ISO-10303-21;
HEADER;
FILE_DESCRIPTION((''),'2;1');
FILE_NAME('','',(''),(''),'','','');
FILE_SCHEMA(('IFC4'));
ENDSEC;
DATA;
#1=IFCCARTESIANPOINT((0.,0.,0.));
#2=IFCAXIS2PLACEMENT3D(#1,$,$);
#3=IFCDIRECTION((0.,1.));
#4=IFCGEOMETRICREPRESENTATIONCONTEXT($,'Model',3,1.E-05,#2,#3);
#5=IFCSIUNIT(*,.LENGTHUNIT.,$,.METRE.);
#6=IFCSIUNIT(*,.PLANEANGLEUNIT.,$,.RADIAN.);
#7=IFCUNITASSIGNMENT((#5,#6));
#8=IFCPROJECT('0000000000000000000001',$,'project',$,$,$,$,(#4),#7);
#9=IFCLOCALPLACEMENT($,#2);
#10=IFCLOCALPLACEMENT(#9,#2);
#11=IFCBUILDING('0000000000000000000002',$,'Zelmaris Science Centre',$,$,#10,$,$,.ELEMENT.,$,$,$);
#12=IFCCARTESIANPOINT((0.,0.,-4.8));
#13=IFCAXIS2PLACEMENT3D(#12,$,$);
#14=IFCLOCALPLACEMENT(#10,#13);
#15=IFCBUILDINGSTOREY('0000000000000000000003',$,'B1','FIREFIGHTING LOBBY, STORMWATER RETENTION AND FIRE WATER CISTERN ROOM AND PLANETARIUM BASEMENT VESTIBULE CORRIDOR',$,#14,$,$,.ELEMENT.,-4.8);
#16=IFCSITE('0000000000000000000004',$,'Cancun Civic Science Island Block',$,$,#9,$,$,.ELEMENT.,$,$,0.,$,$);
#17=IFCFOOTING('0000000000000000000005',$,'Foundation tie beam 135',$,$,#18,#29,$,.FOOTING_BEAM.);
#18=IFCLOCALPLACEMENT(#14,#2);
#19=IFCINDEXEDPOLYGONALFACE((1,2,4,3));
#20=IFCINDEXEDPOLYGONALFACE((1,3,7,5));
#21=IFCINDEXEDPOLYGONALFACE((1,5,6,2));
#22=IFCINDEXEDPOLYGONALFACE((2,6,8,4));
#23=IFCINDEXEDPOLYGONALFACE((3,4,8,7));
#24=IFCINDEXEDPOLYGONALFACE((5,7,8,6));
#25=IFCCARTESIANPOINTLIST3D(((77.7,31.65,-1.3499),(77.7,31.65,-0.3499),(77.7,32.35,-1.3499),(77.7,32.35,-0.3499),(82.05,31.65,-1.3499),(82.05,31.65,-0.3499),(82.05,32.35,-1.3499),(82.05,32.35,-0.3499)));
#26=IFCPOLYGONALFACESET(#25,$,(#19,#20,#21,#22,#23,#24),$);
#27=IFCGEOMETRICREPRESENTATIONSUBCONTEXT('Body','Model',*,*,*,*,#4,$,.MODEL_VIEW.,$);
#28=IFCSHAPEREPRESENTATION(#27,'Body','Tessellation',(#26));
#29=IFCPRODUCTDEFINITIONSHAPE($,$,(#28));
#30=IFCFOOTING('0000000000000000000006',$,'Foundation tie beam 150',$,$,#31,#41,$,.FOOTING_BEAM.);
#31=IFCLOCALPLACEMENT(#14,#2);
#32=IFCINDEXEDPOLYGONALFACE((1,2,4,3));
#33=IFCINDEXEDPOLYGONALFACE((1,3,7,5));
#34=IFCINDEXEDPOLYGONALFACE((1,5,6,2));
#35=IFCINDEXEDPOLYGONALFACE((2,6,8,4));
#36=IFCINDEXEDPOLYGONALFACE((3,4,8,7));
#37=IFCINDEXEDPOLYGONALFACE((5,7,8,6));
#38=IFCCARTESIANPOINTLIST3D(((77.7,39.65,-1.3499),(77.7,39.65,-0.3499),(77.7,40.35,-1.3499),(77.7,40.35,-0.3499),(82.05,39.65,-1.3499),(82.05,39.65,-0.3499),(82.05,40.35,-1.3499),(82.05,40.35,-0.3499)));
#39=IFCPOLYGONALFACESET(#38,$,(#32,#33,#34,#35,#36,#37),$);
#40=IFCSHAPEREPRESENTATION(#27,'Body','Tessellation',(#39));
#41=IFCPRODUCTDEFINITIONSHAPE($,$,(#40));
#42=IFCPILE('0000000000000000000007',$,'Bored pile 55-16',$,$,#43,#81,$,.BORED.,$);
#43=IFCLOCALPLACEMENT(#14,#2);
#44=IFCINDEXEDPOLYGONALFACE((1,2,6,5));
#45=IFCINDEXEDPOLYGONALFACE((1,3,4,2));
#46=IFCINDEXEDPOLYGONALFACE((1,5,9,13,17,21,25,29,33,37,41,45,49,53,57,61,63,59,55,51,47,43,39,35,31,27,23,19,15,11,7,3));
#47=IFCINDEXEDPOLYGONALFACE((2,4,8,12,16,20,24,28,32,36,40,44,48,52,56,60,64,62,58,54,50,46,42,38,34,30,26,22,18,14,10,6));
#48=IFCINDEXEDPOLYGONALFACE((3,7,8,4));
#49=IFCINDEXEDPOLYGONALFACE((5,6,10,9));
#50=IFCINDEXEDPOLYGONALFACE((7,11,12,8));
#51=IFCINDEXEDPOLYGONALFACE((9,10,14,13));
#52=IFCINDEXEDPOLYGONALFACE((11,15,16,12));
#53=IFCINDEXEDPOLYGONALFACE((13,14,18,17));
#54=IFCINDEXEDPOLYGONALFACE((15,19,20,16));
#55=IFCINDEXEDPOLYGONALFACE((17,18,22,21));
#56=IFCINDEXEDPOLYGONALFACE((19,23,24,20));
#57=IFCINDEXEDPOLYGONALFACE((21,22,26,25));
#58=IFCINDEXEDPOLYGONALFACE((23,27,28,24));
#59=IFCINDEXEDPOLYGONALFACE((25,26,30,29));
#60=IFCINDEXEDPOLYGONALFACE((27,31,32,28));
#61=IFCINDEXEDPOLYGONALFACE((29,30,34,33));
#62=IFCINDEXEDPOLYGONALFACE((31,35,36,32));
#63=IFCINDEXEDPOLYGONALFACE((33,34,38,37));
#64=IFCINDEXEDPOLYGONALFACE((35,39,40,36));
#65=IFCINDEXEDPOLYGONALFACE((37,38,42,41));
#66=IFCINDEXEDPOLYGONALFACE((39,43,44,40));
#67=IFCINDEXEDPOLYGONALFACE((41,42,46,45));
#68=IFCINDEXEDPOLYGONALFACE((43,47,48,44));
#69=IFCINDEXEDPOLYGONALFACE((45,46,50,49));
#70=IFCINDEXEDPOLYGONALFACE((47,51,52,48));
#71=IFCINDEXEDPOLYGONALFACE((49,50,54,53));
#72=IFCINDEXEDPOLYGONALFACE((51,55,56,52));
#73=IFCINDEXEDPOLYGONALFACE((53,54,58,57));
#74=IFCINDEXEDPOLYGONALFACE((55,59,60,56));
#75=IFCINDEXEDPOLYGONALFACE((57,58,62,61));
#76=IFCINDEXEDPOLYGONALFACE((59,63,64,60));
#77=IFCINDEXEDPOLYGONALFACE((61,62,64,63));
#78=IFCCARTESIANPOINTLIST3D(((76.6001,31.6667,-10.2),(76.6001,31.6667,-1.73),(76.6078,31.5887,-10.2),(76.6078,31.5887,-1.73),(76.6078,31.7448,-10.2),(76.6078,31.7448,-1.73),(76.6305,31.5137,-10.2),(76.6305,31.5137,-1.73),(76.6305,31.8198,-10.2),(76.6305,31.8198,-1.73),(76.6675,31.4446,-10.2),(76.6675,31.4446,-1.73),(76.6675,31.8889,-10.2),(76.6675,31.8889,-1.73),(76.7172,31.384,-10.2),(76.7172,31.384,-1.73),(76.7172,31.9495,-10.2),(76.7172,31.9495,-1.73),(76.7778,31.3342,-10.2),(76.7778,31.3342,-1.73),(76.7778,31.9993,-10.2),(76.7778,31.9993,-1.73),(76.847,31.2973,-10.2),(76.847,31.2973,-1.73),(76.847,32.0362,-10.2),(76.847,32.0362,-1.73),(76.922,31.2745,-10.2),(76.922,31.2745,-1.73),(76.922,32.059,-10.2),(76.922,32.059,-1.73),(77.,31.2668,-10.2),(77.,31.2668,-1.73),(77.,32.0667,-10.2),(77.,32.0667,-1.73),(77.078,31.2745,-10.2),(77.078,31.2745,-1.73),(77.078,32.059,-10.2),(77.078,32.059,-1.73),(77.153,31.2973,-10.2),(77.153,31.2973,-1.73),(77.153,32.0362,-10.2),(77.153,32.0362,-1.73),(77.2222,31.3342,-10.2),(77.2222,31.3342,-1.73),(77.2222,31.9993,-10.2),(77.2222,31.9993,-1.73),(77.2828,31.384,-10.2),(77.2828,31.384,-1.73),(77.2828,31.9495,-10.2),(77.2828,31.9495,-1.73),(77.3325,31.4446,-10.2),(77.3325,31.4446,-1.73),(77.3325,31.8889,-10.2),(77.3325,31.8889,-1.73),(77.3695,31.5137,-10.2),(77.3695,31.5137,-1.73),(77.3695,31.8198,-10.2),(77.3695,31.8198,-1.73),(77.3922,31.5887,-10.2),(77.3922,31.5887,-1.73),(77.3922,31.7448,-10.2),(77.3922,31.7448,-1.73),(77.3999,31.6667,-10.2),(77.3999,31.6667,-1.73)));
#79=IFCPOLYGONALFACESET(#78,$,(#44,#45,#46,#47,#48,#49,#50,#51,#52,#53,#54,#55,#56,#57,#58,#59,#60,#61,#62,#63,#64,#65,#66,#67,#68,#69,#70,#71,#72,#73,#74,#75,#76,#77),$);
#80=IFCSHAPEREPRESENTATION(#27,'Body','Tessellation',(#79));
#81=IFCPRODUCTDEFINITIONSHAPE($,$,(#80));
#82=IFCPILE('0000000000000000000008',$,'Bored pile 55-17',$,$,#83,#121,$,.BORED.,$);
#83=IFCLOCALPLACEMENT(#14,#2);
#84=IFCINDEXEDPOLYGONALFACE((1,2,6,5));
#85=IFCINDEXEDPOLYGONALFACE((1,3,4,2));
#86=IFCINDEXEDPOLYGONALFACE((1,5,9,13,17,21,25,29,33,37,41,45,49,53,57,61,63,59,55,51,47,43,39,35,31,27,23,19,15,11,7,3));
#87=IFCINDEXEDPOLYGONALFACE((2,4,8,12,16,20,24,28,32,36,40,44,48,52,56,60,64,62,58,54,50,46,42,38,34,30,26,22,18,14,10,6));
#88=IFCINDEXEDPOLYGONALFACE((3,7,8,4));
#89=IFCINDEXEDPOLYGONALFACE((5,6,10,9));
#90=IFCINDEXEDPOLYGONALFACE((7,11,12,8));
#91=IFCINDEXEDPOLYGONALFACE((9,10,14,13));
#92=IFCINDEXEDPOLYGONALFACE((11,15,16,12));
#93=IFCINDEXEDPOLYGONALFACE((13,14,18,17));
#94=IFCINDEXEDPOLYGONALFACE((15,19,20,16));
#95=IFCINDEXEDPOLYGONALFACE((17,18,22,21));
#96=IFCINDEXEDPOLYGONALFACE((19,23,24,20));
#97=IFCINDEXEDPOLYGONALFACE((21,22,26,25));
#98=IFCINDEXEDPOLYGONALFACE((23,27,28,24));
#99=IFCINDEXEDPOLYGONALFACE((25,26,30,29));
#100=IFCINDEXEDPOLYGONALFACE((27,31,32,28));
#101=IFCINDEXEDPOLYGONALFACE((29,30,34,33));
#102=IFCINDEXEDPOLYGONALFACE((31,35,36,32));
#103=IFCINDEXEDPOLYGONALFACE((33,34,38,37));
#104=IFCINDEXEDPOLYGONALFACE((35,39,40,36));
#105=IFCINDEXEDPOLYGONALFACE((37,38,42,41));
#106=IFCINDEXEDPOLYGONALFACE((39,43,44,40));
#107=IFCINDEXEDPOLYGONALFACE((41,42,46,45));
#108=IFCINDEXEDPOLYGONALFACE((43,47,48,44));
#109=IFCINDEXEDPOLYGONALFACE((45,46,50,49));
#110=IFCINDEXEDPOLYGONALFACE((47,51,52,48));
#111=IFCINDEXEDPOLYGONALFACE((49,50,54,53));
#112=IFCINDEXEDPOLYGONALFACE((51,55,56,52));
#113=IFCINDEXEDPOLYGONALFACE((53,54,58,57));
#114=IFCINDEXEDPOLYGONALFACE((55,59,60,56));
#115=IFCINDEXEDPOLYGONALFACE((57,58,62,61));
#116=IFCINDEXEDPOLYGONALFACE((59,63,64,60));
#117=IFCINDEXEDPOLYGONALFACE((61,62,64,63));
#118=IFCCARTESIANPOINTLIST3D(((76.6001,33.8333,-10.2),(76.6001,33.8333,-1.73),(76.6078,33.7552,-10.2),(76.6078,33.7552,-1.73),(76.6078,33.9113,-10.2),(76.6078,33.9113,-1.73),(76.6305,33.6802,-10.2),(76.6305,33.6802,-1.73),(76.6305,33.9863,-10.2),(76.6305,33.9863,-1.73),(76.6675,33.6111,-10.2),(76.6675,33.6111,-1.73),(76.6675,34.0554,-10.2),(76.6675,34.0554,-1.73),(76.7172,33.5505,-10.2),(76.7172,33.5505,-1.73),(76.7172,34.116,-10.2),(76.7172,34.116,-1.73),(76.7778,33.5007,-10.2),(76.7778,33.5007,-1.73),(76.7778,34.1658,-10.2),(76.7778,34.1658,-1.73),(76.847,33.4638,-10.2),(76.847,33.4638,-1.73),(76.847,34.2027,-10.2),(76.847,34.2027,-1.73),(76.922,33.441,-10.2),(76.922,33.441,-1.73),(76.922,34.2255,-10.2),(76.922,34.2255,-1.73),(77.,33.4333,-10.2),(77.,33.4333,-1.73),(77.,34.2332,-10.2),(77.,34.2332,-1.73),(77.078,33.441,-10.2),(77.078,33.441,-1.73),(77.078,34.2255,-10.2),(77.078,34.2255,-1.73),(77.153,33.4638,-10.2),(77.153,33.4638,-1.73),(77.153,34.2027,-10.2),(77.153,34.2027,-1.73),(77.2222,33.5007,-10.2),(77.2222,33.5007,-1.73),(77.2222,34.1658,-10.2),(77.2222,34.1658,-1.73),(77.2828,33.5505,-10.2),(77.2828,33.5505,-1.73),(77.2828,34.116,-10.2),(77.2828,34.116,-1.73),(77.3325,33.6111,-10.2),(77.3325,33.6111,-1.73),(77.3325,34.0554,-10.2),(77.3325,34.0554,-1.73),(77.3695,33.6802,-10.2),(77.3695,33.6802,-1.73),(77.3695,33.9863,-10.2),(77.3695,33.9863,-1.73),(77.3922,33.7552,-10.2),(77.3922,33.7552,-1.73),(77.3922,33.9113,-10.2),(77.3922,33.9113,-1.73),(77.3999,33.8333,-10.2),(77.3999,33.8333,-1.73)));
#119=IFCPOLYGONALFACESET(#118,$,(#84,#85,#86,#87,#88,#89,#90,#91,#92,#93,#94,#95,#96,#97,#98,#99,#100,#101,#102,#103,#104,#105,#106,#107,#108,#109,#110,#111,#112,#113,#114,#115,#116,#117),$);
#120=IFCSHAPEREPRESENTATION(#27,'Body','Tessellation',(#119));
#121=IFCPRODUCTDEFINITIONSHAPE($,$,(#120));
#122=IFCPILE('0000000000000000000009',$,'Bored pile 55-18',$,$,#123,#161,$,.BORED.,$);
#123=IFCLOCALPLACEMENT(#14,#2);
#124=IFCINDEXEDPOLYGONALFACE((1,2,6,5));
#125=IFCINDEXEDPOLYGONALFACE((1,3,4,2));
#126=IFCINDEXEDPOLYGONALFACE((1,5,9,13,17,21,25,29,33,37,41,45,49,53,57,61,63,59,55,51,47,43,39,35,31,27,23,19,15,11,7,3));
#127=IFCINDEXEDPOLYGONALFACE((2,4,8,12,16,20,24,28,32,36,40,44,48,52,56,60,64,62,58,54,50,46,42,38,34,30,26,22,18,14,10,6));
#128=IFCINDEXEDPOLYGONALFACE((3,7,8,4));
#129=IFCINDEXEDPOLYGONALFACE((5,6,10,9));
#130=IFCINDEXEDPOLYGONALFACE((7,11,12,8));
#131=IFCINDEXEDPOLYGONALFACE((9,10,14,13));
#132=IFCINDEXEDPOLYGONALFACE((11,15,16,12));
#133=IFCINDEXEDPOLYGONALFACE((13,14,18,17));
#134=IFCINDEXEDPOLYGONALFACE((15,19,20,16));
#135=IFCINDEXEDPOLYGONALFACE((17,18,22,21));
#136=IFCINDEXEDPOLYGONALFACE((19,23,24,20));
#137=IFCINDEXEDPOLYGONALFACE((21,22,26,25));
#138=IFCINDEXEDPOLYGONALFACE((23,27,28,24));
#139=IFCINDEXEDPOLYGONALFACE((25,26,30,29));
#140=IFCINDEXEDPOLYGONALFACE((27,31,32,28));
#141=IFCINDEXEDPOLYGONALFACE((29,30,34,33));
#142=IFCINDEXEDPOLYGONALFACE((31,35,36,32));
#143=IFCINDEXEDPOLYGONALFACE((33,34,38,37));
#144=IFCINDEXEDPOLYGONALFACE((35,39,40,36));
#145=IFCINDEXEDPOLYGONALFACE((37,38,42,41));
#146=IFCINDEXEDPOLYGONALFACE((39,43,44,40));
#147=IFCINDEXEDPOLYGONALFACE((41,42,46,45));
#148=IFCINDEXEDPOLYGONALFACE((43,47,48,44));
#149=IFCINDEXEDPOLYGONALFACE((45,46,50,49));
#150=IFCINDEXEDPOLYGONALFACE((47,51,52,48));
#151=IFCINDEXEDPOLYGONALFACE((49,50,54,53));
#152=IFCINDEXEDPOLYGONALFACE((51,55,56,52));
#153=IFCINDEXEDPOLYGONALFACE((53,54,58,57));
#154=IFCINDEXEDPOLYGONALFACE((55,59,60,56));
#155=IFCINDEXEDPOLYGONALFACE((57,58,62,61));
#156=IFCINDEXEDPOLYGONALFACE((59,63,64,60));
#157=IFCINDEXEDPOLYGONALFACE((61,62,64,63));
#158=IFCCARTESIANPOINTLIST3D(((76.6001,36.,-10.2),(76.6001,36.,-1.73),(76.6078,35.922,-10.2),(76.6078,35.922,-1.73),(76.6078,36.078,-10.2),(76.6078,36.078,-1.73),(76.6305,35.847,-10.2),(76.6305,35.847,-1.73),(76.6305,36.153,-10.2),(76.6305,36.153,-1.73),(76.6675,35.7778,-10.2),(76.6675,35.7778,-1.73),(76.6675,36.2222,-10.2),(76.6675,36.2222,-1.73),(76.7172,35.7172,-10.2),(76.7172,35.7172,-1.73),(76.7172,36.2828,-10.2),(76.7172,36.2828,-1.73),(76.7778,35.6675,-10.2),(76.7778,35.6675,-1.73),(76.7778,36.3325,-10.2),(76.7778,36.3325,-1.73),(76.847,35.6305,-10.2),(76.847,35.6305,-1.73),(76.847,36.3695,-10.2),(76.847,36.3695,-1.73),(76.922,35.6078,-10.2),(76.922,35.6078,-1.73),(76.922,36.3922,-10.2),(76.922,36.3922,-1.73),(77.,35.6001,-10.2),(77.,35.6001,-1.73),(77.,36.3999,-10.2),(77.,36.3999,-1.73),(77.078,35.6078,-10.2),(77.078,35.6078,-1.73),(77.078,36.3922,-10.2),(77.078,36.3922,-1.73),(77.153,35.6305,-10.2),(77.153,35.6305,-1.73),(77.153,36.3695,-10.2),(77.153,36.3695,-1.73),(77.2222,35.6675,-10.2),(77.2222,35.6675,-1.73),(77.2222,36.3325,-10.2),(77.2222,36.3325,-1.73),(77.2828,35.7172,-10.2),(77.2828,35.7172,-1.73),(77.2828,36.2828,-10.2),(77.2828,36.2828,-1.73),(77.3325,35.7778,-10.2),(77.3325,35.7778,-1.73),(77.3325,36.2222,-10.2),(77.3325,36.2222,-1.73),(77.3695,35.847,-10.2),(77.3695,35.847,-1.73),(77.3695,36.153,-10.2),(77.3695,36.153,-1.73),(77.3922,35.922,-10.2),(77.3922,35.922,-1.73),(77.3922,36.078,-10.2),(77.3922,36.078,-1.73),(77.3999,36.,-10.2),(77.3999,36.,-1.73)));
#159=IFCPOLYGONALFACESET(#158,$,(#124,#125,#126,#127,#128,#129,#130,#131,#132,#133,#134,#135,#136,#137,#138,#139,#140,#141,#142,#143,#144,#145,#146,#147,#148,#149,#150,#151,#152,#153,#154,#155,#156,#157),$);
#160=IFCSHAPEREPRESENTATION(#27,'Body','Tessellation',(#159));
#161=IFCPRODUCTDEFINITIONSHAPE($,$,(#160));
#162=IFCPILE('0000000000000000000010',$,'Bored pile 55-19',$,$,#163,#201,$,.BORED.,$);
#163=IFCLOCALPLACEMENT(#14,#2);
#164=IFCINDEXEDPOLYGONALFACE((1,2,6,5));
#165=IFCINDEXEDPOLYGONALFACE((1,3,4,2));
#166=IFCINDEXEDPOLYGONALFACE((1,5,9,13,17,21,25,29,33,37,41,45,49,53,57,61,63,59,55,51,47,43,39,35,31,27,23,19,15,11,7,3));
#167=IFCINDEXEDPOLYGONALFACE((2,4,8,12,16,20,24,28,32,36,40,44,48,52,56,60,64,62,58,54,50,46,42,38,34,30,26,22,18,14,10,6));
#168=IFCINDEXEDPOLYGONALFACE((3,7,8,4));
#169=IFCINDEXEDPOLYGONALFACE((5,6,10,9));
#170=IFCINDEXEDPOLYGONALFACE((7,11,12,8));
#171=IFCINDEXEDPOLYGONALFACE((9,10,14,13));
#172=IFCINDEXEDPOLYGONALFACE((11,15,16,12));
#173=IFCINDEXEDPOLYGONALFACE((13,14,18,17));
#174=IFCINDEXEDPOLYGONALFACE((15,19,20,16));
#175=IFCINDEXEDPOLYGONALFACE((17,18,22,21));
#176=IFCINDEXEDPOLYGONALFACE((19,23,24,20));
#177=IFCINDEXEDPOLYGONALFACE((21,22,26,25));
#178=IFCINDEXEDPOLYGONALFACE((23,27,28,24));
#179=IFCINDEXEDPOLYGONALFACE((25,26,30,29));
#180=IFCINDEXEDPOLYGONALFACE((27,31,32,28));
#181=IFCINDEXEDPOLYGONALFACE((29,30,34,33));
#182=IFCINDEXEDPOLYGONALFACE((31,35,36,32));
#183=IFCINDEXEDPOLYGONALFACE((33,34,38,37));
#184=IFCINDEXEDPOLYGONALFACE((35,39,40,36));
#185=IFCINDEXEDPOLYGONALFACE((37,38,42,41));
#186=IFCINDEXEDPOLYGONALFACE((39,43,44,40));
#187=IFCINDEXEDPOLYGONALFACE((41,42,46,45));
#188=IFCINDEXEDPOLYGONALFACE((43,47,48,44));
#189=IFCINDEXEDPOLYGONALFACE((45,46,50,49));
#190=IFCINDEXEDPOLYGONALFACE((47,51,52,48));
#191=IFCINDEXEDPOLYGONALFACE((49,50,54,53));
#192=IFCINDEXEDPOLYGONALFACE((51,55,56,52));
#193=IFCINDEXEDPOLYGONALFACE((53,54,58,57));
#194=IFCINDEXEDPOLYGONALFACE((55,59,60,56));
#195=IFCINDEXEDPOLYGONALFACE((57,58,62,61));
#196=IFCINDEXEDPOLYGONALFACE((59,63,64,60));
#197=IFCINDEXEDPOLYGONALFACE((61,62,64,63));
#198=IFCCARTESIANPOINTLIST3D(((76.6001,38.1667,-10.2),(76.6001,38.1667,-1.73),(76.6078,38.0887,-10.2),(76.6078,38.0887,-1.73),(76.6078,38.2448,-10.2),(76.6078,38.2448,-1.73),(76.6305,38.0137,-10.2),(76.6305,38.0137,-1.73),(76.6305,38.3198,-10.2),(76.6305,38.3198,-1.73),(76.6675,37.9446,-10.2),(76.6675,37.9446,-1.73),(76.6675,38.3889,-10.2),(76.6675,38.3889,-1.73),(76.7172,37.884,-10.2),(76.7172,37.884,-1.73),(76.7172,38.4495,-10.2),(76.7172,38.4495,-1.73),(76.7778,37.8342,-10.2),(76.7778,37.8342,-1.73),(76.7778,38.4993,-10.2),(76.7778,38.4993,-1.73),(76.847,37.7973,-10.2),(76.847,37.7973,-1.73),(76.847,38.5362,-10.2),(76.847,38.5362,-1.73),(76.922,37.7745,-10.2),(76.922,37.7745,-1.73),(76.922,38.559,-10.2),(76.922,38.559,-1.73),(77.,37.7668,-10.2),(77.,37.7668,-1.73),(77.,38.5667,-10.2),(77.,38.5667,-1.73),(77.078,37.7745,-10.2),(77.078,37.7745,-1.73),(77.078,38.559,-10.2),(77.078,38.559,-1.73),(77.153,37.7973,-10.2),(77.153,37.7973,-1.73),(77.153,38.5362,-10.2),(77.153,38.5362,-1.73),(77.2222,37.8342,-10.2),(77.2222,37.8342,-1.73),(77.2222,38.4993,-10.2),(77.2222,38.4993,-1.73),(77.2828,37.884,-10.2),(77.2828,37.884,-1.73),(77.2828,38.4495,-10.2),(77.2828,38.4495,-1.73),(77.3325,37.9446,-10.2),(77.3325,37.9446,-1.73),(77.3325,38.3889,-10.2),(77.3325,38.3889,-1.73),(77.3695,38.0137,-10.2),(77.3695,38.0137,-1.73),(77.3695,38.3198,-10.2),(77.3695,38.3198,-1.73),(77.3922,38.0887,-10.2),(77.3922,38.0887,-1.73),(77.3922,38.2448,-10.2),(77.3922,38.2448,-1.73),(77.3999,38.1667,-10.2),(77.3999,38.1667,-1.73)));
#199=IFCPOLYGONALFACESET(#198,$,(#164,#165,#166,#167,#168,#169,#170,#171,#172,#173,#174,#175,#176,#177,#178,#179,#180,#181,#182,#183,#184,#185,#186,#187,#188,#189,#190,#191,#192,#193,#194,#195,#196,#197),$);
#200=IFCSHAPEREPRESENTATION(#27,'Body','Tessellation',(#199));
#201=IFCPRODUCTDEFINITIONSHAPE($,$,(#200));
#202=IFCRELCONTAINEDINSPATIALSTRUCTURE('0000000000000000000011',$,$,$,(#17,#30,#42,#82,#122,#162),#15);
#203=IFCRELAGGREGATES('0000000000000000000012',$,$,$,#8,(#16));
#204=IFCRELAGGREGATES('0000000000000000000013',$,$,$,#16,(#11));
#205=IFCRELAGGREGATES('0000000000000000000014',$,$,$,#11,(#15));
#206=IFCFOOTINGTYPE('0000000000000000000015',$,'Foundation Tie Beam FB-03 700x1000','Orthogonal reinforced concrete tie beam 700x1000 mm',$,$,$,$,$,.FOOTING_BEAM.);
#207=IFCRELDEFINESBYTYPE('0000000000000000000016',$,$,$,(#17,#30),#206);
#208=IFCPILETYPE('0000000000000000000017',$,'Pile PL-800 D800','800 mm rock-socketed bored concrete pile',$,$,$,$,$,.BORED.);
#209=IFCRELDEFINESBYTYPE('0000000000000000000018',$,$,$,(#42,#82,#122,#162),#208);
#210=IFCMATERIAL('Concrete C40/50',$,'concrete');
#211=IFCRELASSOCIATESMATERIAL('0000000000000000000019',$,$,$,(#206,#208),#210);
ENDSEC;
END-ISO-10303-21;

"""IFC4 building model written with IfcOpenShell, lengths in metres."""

from ifc_helpers import new_model, si_unit, direction, frame, origin, origin_2d, place, context, subcontext, project, spatial, rectangle, circle, extrude, material, material_profile, profile_set, type_object, element, save


model = new_model("IFC4")

# Units and contexts
model_context = context("Model", 3, precision=1e-05, world=origin(), true_north=direction((0.0, 1.0)))
body_context = subcontext(model_context, "Body", "Model", "MODEL_VIEW")
ifc_project = project(units=[si_unit("LENGTHUNIT", "METRE"), si_unit("PLANEANGLEUNIT", "RADIAN")], contexts=[model_context])

# Site, building, storey
site_placement = place(None, origin())
site = spatial("IfcSite", under=ifc_project, at=site_placement, Name="Cancun Civic Science Island Block", CompositionType="ELEMENT", RefElevation=0.0)
building_placement = place(site_placement, origin())
building = spatial("IfcBuilding", under=site, at=building_placement, Name="Zelmaris Science Centre", CompositionType="ELEMENT")
storey_placement = place(building_placement, frame((0.0, 0.0, -4.8)))
storey = spatial("IfcBuildingStorey", under=building, at=storey_placement, Name="B1", Description="FIREFIGHTING LOBBY, STORMWATER RETENTION AND FIRE WATER CISTERN ROOM AND PLANETARIUM BASEMENT VESTIBULE CORRIDOR", CompositionType="ELEMENT", Elevation=-4.8)

# Footings
ifc_material_1 = material(Name="Concrete C40/50", Category="concrete")
ifc_material_profile_1 = material_profile(ifc_material_1, rectangle(XDim=0.7, YDim=1.0, at=origin_2d()), Name="FB-700X1000")
ifc_profile_set_1 = profile_set([ifc_material_profile_1], Name="Concrete C40/50")
footing_type = type_object("IfcFootingType", Name="Foundation Tie Beam FB-03 700x1000", Description="Orthogonal reinforced concrete tie beam 700x1000 mm", PredefinedType="FOOTING_BEAM", material=ifc_profile_set_1)
for number, where, z_axis, x_axis, name in (
    (1, (77.7, 32.0, -0.8499), (1.0, 0.0, 0.0), (0.0, 1.0, 0.0), "Foundation tie beam 135"),
    (2, (77.7, 40.0, -0.8499), (1.0, 0.0, 0.0), (0.0, 1.0, 0.0), "Foundation tie beam 150"),
):
    element("IfcFooting", number, at=place(storey_placement, frame(where, z_axis=z_axis, x_axis=x_axis)), inside=storey, type_object=footing_type, Name=name, PredefinedType="FOOTING_BEAM", context=body_context, shape_type="SweptSolid", body=[
        extrude(rectangle(XDim=0.7, YDim=1.0, at=origin_2d()), origin(), (0.0, 0.0, 1.0), 4.3501),
    ])

# Piles
ifc_material_profile_2 = material_profile(ifc_material_1, circle(Radius=0.3999, at=origin_2d()), Name="PILE-800")
ifc_profile_set_2 = profile_set([ifc_material_profile_2], Name="Concrete C40/50")
pile_type_1 = type_object("IfcPileType", Name="Pile PL-800 D800", Description="800 mm rock-socketed bored concrete pile", PredefinedType="BORED", material=ifc_profile_set_2)
for number, where, z_axis, x_axis, name in (
    (3, (77.0, 31.6667, -1.73), (0.0, 0.0, -1.0), (1.0, 0.0, 0.0), "Bored pile 55-16"),
    (4, (77.0, 33.8333, -1.73), (0.0, 0.0, -1.0), (1.0, 0.0, 0.0), "Bored pile 55-17"),
    (5, (77.0, 36.0, -1.73), (0.0, 0.0, -1.0), (1.0, 0.0, 0.0), "Bored pile 55-18"),
    (6, (77.0, 38.1667, -1.73), (0.0, 0.0, -1.0), (1.0, 0.0, 0.0), "Bored pile 55-19"),
):
    element("IfcPile", number, at=place(storey_placement, frame(where, z_axis=z_axis, x_axis=x_axis)), inside=storey, type_object=pile_type_1, Name=name, PredefinedType="BORED", context=body_context, shape_type="SweptSolid", body=[
        extrude(circle(Radius=0.3999, at=origin_2d()), origin(), (0.0, 0.0, 1.0), 8.47),
    ])

save(model, "model.ifc")
